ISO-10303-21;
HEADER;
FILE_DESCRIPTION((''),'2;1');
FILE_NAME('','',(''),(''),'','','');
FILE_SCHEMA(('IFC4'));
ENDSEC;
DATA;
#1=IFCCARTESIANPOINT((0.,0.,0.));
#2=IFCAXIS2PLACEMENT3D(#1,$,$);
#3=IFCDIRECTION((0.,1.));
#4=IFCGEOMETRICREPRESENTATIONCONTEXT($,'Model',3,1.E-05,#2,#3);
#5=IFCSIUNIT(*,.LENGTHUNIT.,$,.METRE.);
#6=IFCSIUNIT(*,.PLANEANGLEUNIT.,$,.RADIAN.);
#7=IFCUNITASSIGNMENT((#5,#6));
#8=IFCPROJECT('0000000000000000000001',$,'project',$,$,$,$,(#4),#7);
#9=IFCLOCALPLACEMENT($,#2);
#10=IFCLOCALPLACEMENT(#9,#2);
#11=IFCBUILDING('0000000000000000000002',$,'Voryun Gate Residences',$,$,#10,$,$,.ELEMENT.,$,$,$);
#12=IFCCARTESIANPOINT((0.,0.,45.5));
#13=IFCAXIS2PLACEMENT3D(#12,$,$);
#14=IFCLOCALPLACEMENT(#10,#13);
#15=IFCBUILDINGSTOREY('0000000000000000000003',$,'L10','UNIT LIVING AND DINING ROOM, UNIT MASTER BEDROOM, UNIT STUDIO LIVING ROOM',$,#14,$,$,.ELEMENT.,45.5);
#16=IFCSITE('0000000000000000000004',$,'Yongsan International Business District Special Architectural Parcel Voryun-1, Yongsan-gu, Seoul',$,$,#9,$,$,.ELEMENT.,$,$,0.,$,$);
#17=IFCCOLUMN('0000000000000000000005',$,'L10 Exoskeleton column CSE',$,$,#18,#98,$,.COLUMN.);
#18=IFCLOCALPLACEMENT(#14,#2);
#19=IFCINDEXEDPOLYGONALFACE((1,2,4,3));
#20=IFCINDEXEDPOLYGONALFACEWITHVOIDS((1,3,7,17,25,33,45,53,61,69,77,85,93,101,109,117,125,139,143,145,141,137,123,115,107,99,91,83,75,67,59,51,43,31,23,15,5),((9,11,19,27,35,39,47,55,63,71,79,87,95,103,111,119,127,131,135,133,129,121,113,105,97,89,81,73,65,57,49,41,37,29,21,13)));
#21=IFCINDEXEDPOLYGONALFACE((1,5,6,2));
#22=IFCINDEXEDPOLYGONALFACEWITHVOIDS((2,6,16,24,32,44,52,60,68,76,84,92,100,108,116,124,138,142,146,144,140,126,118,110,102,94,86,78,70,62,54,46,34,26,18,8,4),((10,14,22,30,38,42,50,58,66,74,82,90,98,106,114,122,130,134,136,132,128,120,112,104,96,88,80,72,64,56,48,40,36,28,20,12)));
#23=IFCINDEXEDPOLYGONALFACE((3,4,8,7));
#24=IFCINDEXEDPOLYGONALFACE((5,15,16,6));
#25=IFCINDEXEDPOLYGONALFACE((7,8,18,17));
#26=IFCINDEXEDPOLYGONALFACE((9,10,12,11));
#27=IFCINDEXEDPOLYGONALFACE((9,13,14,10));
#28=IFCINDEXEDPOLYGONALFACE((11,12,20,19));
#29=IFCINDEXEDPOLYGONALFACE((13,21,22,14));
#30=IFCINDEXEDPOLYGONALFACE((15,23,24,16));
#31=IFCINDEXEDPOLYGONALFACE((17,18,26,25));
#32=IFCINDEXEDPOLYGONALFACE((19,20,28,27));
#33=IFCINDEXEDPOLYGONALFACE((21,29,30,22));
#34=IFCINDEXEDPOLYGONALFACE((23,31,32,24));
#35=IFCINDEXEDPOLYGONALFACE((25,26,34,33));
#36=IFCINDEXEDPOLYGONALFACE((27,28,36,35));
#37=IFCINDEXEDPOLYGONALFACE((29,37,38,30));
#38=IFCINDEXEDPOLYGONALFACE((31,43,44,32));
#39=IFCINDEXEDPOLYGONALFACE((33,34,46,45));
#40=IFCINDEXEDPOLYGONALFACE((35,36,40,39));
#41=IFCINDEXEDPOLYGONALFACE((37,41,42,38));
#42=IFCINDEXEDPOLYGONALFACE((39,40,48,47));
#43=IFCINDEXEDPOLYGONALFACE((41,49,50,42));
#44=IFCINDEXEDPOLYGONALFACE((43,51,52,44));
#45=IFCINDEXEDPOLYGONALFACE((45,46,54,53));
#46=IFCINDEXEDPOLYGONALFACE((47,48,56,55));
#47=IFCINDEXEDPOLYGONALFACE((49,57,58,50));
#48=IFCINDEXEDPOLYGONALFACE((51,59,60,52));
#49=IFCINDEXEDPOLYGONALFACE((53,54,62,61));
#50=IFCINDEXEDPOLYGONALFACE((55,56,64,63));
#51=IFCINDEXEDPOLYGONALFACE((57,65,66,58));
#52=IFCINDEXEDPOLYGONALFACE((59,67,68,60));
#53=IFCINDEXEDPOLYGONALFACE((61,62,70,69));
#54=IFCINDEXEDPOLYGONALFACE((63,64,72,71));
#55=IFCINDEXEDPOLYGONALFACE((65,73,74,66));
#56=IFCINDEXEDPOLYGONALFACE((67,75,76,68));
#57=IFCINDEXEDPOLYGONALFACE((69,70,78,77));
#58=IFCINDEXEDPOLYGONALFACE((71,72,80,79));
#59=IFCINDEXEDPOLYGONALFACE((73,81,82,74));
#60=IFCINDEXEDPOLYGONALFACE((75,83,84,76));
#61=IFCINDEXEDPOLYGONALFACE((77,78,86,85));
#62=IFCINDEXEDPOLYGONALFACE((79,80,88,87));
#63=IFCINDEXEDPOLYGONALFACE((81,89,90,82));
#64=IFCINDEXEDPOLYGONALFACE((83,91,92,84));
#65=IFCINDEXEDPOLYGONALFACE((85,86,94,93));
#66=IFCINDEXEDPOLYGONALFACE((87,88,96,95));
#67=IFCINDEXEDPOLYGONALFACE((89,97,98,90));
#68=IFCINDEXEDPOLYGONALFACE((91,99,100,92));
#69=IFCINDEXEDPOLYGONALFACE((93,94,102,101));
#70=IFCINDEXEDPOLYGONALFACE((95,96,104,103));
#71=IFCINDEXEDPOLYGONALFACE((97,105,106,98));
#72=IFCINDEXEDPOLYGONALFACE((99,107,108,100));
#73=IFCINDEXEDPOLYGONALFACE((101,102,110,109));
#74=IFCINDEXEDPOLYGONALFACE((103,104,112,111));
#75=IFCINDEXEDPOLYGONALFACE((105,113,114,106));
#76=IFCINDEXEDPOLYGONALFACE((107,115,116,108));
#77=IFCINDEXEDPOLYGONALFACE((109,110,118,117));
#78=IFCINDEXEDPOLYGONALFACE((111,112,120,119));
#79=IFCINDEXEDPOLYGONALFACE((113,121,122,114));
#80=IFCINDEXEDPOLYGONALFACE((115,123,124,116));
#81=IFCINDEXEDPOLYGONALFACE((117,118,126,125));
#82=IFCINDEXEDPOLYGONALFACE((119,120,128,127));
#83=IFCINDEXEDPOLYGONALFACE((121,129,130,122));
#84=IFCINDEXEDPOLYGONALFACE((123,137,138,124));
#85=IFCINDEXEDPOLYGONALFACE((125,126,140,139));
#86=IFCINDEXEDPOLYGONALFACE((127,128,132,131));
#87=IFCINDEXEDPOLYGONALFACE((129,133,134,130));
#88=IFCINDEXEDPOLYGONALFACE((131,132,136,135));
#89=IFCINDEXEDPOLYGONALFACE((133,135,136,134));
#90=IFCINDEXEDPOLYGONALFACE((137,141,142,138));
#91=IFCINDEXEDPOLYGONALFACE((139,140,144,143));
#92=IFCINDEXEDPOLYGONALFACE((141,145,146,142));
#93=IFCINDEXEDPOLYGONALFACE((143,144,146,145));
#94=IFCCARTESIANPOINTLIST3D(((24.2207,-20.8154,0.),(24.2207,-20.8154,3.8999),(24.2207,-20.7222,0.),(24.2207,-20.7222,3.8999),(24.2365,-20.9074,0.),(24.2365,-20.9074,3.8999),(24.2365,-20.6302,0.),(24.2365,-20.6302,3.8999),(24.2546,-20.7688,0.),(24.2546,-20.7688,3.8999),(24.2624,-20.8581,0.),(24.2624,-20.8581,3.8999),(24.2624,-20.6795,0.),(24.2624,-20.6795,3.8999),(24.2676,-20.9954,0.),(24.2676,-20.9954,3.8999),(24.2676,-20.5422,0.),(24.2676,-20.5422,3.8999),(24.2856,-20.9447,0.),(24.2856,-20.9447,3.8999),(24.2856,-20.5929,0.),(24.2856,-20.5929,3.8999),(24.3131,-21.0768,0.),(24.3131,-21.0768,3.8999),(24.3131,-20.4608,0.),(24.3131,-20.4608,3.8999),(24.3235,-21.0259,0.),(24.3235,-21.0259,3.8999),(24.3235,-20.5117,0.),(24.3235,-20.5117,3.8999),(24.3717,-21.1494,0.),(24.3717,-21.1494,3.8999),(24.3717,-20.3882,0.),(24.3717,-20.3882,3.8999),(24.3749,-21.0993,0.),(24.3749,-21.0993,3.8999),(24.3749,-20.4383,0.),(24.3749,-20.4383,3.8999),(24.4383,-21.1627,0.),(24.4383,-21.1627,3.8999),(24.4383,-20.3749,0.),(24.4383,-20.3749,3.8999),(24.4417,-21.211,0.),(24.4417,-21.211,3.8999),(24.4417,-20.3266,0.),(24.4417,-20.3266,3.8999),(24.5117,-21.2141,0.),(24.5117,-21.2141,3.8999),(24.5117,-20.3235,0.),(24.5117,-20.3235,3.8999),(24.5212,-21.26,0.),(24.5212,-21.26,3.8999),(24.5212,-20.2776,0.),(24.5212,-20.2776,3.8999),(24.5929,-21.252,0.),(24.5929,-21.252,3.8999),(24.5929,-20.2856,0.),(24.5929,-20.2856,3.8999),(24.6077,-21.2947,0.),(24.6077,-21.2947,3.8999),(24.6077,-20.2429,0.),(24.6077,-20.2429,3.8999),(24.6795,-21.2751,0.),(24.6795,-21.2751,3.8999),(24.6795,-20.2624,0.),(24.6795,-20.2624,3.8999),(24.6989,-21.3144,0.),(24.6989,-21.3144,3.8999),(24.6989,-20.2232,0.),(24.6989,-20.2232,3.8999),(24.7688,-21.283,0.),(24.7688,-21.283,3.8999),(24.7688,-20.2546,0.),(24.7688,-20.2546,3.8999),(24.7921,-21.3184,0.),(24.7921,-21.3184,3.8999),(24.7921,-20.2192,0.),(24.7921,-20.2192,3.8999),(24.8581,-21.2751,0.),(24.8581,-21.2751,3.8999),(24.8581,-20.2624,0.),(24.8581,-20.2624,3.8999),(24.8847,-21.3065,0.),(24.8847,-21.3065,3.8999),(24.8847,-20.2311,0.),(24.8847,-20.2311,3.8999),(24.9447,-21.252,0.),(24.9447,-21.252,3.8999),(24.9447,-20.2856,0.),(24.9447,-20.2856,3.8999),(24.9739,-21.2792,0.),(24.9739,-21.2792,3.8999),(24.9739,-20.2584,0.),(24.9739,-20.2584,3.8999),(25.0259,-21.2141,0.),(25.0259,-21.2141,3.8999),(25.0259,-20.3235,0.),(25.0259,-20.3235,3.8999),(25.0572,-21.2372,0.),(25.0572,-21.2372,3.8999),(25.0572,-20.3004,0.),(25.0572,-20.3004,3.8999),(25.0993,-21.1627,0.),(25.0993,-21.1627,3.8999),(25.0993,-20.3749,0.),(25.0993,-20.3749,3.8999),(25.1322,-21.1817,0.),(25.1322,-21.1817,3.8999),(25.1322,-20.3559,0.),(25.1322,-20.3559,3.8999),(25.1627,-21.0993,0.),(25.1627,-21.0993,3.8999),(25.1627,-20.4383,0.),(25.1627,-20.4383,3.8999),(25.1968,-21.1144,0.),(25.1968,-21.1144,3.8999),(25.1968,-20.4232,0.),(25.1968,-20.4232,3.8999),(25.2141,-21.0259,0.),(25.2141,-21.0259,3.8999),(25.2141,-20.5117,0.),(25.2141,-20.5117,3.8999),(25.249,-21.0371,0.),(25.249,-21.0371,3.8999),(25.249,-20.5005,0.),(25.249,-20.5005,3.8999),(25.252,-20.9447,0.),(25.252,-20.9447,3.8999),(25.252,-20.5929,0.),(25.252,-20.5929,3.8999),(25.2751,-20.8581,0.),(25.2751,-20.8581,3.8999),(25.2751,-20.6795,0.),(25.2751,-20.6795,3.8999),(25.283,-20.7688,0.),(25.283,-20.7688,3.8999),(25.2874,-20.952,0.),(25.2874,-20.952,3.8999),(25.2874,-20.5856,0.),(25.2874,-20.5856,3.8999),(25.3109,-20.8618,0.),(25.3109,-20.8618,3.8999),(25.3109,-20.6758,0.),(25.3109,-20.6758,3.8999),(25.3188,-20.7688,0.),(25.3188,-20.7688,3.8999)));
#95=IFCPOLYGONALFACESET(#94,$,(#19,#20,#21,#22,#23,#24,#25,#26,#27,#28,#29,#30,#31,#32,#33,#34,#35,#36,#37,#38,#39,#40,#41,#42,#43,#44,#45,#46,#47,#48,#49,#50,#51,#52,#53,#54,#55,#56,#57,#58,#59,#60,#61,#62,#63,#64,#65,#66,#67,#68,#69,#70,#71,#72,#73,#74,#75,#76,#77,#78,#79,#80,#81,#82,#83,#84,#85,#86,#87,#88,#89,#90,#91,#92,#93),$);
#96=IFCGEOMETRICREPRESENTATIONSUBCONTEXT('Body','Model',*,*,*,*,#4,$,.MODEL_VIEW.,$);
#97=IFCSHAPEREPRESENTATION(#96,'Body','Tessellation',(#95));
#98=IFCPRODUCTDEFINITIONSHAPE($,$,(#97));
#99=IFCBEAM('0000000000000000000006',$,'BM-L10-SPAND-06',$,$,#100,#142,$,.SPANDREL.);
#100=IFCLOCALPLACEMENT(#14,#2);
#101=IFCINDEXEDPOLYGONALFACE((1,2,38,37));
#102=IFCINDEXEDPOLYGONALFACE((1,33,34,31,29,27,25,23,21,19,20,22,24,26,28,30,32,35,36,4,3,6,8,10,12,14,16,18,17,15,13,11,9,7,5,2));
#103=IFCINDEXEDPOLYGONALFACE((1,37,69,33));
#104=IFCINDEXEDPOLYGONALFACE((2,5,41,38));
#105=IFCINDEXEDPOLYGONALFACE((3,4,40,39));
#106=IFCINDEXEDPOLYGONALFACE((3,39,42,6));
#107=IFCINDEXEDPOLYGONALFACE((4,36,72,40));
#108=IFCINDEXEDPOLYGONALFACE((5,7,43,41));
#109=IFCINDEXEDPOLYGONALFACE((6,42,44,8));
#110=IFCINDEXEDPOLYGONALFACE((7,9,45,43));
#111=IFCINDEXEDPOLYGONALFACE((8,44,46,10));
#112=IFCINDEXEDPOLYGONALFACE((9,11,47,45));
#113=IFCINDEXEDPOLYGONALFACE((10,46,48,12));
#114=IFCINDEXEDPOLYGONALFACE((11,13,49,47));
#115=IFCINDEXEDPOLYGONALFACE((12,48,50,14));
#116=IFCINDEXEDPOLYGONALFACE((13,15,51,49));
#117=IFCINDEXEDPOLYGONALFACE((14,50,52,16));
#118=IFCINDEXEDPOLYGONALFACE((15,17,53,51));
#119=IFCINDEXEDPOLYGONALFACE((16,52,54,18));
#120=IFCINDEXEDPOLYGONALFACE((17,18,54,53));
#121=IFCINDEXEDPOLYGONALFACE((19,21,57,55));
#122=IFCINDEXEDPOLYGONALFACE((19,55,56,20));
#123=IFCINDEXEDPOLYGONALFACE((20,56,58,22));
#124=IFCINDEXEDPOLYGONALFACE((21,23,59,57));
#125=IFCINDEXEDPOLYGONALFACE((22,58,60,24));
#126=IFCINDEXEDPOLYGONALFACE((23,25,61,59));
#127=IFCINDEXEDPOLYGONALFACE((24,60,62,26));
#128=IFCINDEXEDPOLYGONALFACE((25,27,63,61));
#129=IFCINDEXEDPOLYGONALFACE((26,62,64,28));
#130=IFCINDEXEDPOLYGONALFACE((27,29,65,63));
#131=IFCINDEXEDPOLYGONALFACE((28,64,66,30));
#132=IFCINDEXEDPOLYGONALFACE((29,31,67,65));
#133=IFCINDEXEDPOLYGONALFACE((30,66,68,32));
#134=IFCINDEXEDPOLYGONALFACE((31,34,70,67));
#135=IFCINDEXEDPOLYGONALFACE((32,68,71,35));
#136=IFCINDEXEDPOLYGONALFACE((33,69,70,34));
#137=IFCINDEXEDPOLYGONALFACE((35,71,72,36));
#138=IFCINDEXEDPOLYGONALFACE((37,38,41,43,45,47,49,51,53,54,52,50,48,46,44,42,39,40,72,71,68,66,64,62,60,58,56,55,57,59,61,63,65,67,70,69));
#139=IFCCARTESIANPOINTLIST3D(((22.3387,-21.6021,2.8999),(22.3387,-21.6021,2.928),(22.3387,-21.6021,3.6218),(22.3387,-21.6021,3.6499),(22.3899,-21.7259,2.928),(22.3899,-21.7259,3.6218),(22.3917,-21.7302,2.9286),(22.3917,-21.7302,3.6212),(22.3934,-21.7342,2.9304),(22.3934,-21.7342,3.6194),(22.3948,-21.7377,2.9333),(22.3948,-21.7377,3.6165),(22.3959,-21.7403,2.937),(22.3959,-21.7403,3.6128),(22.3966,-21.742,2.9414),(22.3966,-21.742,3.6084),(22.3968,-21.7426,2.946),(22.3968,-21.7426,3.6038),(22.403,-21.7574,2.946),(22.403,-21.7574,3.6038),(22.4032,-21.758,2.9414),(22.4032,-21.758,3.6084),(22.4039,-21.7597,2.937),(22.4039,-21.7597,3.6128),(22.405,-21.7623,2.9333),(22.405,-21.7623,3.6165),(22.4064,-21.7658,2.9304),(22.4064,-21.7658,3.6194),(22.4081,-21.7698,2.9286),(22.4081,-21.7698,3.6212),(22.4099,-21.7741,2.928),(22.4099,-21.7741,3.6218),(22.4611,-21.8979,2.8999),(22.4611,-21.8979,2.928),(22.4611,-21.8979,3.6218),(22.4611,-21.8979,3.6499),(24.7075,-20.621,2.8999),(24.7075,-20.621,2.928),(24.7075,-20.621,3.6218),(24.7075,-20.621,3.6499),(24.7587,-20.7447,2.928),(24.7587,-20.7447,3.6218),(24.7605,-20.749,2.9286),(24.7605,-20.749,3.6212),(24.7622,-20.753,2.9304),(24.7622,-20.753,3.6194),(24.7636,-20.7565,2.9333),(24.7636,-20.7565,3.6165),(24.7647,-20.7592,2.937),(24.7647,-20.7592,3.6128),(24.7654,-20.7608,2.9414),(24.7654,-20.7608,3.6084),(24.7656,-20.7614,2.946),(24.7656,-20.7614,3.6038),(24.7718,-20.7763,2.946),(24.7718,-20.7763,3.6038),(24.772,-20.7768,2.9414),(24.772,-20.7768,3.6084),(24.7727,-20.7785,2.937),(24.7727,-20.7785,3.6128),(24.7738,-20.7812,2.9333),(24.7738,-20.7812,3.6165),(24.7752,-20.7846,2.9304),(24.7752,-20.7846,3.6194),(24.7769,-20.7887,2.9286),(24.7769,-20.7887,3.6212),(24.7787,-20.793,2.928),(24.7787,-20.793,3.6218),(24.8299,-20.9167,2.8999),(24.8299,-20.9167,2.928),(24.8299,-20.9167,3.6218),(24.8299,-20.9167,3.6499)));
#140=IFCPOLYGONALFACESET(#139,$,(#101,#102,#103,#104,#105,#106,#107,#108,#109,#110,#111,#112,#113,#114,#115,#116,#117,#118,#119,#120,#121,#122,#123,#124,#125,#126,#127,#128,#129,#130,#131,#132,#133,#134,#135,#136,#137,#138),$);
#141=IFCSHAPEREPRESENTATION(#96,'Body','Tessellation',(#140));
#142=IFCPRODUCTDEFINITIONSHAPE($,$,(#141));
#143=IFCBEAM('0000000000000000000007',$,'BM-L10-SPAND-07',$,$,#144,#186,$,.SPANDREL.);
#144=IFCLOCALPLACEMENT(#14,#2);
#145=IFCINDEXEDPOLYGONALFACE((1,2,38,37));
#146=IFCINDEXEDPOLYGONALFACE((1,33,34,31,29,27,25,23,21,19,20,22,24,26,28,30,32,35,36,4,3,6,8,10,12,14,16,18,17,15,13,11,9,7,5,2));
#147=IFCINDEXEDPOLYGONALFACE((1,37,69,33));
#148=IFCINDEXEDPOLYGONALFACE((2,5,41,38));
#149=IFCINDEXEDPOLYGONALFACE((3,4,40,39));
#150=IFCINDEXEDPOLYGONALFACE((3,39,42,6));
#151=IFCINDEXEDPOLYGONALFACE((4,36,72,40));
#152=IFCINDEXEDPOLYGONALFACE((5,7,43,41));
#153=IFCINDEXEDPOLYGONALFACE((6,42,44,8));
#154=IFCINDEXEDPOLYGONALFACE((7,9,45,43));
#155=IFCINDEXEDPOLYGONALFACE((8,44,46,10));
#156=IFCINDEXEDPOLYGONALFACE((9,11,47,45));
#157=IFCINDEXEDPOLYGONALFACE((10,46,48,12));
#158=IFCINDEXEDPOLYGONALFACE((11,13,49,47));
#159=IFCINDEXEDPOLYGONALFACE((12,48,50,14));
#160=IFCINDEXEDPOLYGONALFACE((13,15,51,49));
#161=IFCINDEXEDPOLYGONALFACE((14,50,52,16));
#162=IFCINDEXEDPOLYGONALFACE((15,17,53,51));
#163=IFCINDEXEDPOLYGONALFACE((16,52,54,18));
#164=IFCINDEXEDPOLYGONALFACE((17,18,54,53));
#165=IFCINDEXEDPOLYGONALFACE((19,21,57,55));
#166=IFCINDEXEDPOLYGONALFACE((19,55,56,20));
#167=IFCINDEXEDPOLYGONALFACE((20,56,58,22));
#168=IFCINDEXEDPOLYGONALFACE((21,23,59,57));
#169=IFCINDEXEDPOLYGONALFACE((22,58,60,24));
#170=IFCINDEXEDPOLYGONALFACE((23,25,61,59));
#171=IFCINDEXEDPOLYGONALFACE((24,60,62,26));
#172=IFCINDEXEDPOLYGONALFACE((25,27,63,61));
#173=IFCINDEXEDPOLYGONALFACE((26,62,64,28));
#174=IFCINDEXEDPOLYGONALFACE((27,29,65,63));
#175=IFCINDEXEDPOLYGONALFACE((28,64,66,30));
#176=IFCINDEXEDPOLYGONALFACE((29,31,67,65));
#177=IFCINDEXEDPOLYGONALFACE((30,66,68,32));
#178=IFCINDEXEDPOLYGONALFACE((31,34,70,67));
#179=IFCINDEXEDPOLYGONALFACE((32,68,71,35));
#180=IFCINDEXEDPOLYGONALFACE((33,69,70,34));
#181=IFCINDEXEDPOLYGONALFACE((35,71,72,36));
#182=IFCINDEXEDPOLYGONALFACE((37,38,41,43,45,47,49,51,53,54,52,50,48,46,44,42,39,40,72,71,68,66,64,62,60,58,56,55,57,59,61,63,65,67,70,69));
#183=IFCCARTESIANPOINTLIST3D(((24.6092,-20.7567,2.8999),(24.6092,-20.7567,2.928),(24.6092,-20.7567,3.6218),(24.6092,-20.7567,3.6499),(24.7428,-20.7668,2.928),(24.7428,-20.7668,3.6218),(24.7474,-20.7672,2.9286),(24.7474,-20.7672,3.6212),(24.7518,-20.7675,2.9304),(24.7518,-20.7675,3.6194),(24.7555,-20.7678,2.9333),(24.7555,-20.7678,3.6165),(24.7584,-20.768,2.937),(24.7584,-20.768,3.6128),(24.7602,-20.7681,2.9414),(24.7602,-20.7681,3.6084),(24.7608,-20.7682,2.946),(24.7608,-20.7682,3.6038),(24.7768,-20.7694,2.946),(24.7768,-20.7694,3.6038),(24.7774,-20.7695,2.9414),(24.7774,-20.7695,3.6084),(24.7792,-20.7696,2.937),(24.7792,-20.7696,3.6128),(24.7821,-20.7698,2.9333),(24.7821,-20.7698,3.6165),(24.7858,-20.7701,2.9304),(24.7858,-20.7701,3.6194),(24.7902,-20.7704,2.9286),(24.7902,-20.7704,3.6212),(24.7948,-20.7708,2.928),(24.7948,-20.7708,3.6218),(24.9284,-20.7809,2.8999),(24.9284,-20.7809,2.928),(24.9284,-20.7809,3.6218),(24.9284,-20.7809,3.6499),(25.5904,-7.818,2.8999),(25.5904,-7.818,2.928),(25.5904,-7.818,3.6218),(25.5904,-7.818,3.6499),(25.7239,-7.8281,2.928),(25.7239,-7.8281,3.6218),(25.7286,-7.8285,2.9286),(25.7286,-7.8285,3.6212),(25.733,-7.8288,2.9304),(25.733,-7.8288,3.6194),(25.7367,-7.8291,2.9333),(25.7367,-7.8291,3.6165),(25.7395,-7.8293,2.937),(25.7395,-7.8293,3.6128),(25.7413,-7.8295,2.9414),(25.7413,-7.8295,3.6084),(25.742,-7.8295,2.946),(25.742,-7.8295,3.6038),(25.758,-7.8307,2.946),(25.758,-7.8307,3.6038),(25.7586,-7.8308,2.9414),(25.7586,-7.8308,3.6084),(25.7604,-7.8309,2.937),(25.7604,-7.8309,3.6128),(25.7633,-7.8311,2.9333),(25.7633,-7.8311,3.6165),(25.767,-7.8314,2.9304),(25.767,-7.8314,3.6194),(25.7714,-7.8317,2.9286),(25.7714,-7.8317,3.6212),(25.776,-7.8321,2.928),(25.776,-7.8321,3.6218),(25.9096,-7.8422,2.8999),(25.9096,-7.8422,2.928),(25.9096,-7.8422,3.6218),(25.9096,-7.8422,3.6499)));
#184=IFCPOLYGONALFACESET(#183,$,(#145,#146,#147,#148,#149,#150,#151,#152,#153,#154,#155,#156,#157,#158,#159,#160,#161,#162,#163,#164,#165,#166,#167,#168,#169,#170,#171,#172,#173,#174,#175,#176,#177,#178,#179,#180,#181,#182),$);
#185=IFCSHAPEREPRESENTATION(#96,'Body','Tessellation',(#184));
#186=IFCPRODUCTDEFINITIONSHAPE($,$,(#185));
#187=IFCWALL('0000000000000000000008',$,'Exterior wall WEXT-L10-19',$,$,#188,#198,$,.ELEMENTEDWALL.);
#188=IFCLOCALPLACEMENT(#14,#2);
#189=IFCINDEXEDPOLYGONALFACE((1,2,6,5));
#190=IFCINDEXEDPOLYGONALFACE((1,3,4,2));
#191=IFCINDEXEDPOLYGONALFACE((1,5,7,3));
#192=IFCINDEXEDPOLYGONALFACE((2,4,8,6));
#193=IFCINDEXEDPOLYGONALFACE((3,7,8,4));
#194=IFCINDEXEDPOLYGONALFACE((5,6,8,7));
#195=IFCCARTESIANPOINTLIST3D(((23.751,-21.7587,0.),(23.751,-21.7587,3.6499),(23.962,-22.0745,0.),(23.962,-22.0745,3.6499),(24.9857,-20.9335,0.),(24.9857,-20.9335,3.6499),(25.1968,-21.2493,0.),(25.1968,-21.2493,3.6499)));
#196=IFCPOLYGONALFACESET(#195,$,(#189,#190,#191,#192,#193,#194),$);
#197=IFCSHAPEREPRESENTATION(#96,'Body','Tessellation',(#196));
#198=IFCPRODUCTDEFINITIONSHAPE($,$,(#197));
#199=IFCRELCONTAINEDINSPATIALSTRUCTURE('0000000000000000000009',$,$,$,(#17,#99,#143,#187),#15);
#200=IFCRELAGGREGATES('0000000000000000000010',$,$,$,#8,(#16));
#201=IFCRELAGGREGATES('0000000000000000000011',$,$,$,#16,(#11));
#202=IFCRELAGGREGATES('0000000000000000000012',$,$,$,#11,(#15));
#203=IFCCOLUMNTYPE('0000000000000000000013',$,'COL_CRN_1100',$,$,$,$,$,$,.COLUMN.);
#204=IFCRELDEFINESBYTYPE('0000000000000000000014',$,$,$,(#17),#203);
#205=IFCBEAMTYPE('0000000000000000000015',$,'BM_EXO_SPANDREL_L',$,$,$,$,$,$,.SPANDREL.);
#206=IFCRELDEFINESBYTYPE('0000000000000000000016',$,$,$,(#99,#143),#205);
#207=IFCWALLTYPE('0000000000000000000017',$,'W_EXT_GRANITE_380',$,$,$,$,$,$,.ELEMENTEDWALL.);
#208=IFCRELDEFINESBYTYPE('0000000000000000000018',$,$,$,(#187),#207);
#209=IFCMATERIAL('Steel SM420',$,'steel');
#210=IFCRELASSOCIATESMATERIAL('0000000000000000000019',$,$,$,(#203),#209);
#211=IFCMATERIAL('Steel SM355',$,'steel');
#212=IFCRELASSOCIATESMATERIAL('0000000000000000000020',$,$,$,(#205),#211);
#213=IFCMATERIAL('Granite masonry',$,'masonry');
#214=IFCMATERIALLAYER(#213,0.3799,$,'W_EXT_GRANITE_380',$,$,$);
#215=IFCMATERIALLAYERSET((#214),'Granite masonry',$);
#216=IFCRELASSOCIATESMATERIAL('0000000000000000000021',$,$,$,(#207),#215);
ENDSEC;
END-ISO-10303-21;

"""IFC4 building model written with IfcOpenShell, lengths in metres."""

from ifc_helpers import new_model, si_unit, direction, frame, frame_2d, origin, origin_2d, place, context, subcontext, project, spatial, rectangle, hollow_circle, i_section, extrude, material, layer, layer_set, material_profile, profile_set, type_object, element, save


model = new_model("IFC4")

# Units and contexts
model_context = context("Model", 3, precision=1e-05, world=origin(), true_north=direction((0.0, 1.0)))
body_context = subcontext(model_context, "Body", "Model", "MODEL_VIEW")
ifc_project = project(units=[si_unit("LENGTHUNIT", "METRE"), si_unit("PLANEANGLEUNIT", "RADIAN")], contexts=[model_context])

# Site, building, storey
site_placement = place(None, origin())
site = spatial("IfcSite", under=ifc_project, at=site_placement, Name="Yongsan International Business District Special Architectural Parcel Voryun-1, Yongsan-gu, Seoul", CompositionType="ELEMENT", RefElevation=0.0)
building_placement = place(site_placement, origin())
building = spatial("IfcBuilding", under=site, at=building_placement, Name="Voryun Gate Residences", CompositionType="ELEMENT")
storey_placement = place(building_placement, frame((0.0, 0.0, 45.5)))
storey = spatial("IfcBuildingStorey", under=building, at=storey_placement, Name="L10", Description="UNIT LIVING AND DINING ROOM, UNIT MASTER BEDROOM, UNIT STUDIO LIVING ROOM", CompositionType="ELEMENT", Elevation=45.5)

# Column
ifc_material_1 = material(Name="Steel SM420", Category="steel")
ifc_material_profile_1 = material_profile(ifc_material_1, hollow_circle(Radius=0.55, WallThickness=0.0359, at=origin_2d()), Name="CHS-1100x36")
ifc_profile_set_1 = profile_set([ifc_material_profile_1], Name="Steel SM420")
column_type = type_object("IfcColumnType", Name="COL_CRN_1100", PredefinedType="COLUMN", material=ifc_profile_set_1)
column_placement = place(storey_placement, frame((24.7688, -20.7688, 0.0), z_axis=(0.0, 0.0, 1.0), x_axis=(1.0, 0.0, 0.0)))
element("IfcColumn", 1, at=column_placement, inside=storey, type_object=column_type, Name="L10 Exoskeleton column CSE", PredefinedType="COLUMN", context=body_context, shape_type="SweptSolid", body=[
    extrude(hollow_circle(Radius=0.55, WallThickness=0.0359, at=origin_2d()), origin(), (0.0, 0.0, 1.0), 3.8999),
])

# Beams
ifc_material_2 = material(Name="Steel SM355", Category="steel")
ifc_material_profile_2 = material_profile(ifc_material_2, i_section(OverallWidth=0.3201, OverallDepth=0.75, WebThickness=0.0161, FlangeThickness=0.0281, FilletRadius=0.0181, at=origin_2d()), Name="H-750x320x16x28")
ifc_profile_set_2 = profile_set([ifc_material_profile_2], Name="Steel SM355")
beam_type = type_object("IfcBeamType", Name="BM_EXO_SPANDREL_L", PredefinedType="SPANDREL", material=ifc_profile_set_2)
beam_1_placement = place(storey_placement, frame((22.3999, -21.75, 3.2749), z_axis=(0.923883, 0.382674, 0.0), x_axis=(-0.382674, 0.923883, 0.0)))
element("IfcBeam", 2, at=beam_1_placement, inside=storey, type_object=beam_type, Name="BM-L10-SPAND-06", PredefinedType="SPANDREL", context=body_context, shape_type="SweptSolid", body=[
    extrude(i_section(OverallWidth=0.3201, OverallDepth=0.75, WebThickness=0.0161, FlangeThickness=0.0281, FilletRadius=0.0181, at=origin_2d()), origin(), (0.0, 0.0, 1.0), 2.564),
])
beam_2_placement = place(storey_placement, frame((24.7688, -20.7688, 3.2749), z_axis=(0.075617, 0.997137, 0.0), x_axis=(-0.997137, 0.075617, 0.0)))
element("IfcBeam", 3, at=beam_2_placement, inside=storey, type_object=beam_type, Name="BM-L10-SPAND-07", PredefinedType="SPANDREL", context=body_context, shape_type="SweptSolid", body=[
    extrude(i_section(OverallWidth=0.3201, OverallDepth=0.75, WebThickness=0.0161, FlangeThickness=0.0281, FilletRadius=0.0181, at=origin_2d()), origin(), (0.0, 0.0, 1.0), 12.9758),
])

# Wall
ifc_material_3 = material(Name="Granite masonry", Category="masonry")
ifc_layer = layer(ifc_material_3, 0.3799, Name="W_EXT_GRANITE_380")
ifc_layer_set = layer_set([ifc_layer], Name="Granite masonry")
wall_type = type_object("IfcWallType", Name="W_EXT_GRANITE_380", PredefinedType="ELEMENTEDWALL", material=ifc_layer_set)
wall_1_placement = place(storey_placement, frame((25.0913, -21.0913, 0.0), z_axis=(0.0, 0.0, 1.0), x_axis=(-0.831392, -0.555686, 0.0)))
element("IfcWall", 4, at=wall_1_placement, inside=storey, type_object=wall_type, Name="Exterior wall WEXT-L10-19", PredefinedType="ELEMENTEDWALL", context=body_context, shape_type="SweptSolid", body=[
    extrude(rectangle(XDim=1.4851, YDim=0.3799, at=frame_2d((0.7427, 0.0))), origin(), (0.0, 0.0, 1.0), 3.6499),
])

save(model, "model.ifc")
